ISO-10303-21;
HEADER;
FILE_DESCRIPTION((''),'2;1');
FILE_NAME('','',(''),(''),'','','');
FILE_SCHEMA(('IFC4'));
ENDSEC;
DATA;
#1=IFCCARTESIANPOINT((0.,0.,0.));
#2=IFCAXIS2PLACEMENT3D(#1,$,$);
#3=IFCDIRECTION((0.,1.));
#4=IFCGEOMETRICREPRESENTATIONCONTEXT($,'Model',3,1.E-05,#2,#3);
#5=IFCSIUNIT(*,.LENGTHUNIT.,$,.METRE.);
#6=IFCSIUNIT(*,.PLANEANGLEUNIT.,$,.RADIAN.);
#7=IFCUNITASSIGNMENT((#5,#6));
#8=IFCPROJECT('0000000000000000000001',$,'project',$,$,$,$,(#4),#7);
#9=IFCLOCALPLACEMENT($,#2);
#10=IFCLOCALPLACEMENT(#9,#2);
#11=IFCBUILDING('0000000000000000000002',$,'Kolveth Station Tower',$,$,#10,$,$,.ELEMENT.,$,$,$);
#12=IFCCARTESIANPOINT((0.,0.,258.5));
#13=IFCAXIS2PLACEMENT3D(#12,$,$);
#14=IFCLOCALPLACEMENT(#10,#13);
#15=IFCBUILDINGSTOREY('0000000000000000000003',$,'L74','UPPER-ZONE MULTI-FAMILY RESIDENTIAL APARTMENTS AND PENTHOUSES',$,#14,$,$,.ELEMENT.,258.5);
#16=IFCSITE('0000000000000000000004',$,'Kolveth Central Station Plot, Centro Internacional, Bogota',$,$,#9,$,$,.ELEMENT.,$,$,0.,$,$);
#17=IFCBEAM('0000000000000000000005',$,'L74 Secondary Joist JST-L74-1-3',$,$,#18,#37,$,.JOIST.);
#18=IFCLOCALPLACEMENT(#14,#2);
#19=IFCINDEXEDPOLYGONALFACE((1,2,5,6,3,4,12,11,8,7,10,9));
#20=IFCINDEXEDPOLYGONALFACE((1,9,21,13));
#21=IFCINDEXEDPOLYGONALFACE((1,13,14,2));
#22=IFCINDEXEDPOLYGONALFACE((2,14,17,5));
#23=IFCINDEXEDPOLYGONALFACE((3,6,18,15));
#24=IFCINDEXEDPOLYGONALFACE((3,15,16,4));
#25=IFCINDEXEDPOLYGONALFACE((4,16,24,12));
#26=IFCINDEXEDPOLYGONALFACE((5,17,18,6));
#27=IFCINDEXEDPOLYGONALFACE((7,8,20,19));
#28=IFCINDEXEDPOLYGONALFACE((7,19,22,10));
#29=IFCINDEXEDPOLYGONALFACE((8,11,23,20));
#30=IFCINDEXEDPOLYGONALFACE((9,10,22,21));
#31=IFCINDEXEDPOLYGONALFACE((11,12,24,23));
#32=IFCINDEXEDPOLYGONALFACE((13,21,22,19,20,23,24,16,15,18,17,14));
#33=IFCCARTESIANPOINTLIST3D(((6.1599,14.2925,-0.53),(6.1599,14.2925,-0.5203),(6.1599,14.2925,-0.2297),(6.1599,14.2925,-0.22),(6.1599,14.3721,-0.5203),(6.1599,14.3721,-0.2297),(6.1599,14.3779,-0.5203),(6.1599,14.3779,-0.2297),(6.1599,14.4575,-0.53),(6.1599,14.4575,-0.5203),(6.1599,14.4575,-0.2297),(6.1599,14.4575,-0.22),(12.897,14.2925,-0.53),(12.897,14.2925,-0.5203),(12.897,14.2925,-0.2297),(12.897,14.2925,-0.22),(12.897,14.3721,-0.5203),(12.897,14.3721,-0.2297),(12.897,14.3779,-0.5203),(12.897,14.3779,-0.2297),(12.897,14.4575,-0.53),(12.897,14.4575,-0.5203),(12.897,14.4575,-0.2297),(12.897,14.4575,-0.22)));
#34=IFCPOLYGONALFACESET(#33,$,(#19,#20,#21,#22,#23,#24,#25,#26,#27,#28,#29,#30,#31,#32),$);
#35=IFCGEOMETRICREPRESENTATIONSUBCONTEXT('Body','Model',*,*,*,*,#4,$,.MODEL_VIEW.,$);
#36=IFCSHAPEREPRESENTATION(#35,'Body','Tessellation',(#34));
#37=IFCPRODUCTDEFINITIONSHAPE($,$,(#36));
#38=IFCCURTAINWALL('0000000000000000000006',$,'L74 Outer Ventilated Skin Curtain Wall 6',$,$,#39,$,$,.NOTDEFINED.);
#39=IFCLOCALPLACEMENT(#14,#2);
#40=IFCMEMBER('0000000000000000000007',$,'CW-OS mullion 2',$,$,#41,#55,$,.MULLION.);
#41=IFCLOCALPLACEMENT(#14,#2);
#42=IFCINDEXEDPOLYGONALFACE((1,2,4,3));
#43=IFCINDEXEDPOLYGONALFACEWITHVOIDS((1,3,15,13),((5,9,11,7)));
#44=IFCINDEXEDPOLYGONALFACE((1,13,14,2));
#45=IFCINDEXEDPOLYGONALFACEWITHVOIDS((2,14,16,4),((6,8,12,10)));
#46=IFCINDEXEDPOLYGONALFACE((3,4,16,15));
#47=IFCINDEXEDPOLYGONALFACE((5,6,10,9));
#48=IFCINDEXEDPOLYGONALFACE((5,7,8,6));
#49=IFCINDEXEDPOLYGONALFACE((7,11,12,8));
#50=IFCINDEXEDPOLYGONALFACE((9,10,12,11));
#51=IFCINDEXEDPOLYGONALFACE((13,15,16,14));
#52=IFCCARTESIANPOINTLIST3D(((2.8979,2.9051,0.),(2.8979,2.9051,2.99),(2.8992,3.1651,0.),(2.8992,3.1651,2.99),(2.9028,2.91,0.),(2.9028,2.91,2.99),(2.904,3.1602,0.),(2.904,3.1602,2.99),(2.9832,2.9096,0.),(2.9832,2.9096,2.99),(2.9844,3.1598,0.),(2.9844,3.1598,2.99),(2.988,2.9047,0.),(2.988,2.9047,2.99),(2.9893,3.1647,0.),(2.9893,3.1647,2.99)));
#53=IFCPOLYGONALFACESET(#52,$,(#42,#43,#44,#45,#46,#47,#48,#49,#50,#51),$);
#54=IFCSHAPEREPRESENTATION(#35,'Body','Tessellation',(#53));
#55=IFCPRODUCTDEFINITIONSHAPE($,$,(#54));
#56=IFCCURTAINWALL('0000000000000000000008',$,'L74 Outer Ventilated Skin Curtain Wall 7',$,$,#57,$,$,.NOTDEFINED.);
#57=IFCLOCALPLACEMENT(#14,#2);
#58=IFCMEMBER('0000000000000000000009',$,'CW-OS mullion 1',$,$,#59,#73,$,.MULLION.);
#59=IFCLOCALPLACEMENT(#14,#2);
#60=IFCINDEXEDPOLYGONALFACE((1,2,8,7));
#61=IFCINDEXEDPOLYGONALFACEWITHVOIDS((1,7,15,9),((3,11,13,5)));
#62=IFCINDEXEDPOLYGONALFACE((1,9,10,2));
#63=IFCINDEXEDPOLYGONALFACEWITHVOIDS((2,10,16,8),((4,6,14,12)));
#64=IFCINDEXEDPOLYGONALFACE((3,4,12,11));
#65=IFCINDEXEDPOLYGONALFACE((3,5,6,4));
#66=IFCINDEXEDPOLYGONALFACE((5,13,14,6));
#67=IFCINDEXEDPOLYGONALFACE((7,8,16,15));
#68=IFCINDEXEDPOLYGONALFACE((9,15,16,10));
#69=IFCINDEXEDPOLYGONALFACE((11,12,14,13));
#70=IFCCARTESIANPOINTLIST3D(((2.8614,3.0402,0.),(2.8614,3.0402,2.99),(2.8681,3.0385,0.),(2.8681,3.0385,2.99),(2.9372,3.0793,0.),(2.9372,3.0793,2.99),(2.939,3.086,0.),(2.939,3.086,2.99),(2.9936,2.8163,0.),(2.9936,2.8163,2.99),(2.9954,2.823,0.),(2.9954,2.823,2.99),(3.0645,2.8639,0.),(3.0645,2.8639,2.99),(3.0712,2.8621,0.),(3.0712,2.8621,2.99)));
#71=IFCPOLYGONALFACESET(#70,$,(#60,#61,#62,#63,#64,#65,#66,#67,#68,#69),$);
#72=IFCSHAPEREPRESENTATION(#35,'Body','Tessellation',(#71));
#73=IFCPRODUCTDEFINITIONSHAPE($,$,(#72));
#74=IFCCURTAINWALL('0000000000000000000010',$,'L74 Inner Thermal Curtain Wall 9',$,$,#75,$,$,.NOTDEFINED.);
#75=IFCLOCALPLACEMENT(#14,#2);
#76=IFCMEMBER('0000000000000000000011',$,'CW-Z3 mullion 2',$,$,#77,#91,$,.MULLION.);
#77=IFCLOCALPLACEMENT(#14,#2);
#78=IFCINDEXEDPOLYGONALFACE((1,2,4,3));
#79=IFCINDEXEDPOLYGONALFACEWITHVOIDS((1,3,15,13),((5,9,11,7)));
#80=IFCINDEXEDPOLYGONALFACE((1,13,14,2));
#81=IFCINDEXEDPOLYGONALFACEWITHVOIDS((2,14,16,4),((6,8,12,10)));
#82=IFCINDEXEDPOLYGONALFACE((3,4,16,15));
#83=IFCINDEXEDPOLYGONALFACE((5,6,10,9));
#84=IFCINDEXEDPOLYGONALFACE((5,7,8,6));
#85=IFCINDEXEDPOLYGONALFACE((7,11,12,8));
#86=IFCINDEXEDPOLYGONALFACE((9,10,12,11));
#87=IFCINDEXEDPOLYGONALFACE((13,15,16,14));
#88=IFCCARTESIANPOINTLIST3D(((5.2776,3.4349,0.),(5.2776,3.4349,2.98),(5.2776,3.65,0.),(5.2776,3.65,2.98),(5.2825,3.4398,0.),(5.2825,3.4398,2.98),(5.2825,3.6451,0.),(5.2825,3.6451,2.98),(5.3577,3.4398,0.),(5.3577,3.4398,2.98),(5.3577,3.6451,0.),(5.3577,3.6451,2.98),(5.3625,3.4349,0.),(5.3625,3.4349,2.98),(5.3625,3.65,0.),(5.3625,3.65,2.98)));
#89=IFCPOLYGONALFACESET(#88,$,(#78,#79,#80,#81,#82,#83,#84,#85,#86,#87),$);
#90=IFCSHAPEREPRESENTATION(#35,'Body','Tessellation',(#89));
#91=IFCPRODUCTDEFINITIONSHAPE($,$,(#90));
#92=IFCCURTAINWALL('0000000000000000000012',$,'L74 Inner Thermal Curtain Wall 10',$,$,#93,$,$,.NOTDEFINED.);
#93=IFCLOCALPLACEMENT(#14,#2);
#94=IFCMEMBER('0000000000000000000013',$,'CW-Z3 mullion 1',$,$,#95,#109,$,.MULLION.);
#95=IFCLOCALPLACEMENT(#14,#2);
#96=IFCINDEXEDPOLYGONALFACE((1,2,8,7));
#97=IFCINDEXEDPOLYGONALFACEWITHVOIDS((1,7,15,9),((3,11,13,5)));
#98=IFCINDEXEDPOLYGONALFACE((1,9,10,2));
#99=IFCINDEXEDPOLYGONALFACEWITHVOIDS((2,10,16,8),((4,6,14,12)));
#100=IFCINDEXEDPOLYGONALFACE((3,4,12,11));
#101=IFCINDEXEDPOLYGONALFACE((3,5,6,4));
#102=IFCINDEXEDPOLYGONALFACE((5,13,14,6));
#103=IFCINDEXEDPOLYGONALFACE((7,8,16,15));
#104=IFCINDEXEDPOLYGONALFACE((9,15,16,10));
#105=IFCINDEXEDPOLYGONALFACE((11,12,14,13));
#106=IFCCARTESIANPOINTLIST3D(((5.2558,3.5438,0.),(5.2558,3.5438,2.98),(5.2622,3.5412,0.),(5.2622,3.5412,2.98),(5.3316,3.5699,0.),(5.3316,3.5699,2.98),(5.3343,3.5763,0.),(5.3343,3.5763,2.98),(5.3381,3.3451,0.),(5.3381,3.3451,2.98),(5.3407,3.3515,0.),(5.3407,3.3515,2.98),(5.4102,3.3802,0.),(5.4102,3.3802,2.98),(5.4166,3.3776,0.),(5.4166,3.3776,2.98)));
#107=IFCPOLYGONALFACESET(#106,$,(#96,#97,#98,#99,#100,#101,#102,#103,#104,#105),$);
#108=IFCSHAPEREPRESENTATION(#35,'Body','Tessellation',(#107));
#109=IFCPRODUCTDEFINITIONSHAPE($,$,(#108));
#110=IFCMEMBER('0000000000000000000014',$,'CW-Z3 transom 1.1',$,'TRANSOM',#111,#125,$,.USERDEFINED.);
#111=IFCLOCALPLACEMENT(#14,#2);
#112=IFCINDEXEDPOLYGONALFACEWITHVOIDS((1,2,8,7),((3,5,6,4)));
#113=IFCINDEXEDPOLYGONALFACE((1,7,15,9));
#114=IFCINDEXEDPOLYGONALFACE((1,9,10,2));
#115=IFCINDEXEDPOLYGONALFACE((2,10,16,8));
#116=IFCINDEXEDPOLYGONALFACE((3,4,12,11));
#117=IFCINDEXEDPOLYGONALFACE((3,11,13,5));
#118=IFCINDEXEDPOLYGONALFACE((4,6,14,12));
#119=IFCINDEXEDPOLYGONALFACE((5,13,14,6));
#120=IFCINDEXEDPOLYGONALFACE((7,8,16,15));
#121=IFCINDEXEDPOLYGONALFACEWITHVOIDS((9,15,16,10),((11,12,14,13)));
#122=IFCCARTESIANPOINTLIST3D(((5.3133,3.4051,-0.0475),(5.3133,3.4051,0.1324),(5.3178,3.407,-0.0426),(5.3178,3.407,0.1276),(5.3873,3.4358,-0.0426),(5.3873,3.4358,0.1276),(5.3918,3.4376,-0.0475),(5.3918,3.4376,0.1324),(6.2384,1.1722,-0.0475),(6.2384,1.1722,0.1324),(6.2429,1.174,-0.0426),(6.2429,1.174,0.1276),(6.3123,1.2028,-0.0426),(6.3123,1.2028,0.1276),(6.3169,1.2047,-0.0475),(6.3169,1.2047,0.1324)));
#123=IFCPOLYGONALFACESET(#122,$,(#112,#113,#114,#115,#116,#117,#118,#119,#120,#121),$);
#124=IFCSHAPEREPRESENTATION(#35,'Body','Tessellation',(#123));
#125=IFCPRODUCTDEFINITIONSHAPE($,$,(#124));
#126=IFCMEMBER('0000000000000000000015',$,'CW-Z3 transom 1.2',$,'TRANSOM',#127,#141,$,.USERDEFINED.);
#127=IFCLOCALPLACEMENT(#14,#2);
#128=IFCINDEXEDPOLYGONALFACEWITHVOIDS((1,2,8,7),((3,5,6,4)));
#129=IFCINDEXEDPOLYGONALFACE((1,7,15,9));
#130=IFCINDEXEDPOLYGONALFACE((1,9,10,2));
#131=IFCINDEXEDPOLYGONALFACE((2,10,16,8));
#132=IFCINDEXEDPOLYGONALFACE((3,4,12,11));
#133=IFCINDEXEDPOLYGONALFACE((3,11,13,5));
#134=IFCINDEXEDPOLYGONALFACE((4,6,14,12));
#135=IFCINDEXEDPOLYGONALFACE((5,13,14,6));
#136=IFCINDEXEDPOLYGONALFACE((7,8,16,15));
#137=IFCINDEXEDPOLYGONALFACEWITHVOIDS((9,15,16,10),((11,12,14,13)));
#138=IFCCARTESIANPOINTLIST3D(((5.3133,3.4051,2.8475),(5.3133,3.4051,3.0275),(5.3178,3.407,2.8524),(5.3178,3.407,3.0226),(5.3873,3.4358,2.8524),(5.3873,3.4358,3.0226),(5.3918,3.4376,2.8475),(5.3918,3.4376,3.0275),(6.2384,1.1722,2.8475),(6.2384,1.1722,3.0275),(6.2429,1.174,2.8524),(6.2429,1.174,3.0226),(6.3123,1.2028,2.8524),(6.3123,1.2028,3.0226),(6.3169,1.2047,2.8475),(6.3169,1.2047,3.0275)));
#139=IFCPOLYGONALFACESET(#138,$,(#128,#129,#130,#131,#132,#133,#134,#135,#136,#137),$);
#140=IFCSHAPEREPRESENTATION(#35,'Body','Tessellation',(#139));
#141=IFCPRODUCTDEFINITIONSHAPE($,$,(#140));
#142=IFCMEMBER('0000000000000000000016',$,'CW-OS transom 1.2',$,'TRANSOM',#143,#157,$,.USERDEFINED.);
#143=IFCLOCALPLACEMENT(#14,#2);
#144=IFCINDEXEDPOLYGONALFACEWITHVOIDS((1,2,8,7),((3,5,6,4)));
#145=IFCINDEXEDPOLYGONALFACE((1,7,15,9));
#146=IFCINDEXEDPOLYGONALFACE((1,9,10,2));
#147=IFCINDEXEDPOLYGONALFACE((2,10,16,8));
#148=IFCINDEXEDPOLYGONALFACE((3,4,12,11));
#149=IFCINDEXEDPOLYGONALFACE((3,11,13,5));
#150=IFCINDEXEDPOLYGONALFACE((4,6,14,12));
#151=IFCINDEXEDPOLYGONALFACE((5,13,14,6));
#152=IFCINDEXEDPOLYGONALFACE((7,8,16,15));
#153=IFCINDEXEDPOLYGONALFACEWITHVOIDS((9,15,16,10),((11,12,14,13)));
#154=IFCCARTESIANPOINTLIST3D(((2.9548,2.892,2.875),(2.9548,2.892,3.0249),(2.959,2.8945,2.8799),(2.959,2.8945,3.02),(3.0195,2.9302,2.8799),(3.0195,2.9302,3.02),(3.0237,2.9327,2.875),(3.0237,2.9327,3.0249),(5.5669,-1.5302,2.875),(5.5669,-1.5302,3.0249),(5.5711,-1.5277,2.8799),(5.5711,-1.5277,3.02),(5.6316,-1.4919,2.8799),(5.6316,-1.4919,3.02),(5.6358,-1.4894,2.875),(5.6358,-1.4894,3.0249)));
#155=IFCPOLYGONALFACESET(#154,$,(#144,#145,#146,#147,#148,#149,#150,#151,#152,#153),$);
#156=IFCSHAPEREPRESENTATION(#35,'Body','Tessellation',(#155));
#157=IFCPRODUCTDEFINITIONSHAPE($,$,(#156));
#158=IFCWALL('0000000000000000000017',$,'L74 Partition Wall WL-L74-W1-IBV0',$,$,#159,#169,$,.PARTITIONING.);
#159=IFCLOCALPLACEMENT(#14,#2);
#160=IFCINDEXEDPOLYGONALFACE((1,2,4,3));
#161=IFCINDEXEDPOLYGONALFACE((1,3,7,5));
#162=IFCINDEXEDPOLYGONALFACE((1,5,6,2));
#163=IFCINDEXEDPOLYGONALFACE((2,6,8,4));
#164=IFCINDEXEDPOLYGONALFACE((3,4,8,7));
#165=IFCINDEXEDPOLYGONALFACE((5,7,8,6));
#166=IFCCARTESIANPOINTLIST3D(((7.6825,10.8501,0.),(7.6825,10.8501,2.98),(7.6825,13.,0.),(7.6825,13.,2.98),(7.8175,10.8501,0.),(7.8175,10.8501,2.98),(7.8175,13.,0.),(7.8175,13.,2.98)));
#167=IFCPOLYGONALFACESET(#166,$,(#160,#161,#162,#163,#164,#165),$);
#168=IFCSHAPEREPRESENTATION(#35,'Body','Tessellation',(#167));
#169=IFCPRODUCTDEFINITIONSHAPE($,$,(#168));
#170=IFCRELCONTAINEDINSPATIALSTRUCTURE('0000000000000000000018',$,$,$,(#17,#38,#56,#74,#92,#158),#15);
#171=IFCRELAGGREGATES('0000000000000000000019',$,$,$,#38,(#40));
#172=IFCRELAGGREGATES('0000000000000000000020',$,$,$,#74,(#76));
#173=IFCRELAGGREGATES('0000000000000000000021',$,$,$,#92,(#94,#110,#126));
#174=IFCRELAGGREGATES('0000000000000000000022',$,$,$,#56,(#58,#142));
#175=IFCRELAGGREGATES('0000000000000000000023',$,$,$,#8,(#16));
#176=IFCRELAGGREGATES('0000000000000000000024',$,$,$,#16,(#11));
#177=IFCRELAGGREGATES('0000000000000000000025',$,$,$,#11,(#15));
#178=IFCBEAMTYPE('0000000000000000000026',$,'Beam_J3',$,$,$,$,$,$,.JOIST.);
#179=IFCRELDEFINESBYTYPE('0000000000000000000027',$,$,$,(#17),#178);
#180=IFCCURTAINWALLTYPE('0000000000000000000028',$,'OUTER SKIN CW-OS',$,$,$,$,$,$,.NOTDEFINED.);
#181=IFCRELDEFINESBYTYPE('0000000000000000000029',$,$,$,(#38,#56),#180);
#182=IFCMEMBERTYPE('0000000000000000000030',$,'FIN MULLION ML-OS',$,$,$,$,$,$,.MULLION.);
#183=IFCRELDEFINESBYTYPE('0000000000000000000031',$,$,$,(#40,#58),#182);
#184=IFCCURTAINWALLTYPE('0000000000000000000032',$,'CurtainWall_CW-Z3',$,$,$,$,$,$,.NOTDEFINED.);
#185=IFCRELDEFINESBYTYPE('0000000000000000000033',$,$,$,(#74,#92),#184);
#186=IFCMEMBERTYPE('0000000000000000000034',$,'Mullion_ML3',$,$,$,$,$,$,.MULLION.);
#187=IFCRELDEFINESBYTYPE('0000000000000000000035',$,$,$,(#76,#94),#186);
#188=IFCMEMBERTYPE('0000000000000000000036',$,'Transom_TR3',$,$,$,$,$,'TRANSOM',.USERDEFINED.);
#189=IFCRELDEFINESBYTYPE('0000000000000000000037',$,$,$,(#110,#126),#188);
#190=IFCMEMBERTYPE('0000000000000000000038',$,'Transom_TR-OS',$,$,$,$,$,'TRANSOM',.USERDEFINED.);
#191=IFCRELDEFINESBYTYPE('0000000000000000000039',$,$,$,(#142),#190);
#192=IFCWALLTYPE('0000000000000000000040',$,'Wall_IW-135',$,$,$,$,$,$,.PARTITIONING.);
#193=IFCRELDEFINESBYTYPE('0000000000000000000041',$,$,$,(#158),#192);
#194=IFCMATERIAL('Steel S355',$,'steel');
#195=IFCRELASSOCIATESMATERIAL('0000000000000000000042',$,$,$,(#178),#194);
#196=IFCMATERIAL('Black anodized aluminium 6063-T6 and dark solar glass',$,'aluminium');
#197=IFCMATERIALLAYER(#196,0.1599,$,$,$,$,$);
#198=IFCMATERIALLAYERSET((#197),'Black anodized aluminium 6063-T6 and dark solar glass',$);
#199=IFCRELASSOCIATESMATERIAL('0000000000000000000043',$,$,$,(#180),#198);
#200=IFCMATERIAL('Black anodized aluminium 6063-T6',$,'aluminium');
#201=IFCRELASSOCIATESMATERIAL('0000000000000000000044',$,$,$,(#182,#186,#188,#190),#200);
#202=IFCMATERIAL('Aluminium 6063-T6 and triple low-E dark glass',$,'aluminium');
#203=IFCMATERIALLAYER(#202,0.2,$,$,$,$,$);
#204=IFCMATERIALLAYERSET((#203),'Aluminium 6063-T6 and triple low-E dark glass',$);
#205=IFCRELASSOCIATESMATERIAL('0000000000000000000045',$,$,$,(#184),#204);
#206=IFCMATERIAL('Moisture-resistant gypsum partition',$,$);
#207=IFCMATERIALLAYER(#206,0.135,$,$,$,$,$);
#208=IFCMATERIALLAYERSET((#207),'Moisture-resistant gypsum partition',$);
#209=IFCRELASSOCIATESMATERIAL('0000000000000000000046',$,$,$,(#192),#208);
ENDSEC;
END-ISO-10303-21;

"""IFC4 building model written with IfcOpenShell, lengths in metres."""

from ifc_helpers import new_model, si_unit, direction, frame, frame_2d, origin, origin_2d, place, context, subcontext, project, spatial, rectangle, hollow_rectangle, i_section, extrude, source, transform, mapped, material, layer, layer_set, material_profile, profile_set, type_object, element, aggregate, save


model = new_model("IFC4")

# Units and contexts
model_context = context("Model", 3, precision=1e-05, world=origin(), true_north=direction((0.0, 1.0)))
body_context = subcontext(model_context, "Body", "Model", "MODEL_VIEW")
ifc_project = project(units=[si_unit("LENGTHUNIT", "METRE"), si_unit("PLANEANGLEUNIT", "RADIAN")], contexts=[model_context])

# Site, building, storey
site_placement = place(None, origin())
site = spatial("IfcSite", under=ifc_project, at=site_placement, Name="Kolveth Central Station Plot, Centro Internacional, Bogota", CompositionType="ELEMENT", RefElevation=0.0)
building_placement = place(site_placement, origin())
building = spatial("IfcBuilding", under=site, at=building_placement, Name="Kolveth Station Tower", CompositionType="ELEMENT")
storey_placement = place(building_placement, frame((0.0, 0.0, 258.5)))
storey = spatial("IfcBuildingStorey", under=building, at=storey_placement, Name="L74", Description="UPPER-ZONE MULTI-FAMILY RESIDENTIAL APARTMENTS AND PENTHOUSES", CompositionType="ELEMENT", Elevation=258.5)

# Shared definitions
ifc_material_1 = material(Name="Steel S355", Category="steel")

# Beam
ifc_material_profile_1 = material_profile(ifc_material_1, i_section(OverallWidth=0.165, OverallDepth=0.3101, WebThickness=0.0059, FlangeThickness=0.0098, at=origin_2d()), Name="W310x39")
ifc_profile_set_1 = profile_set([ifc_material_profile_1], Name="Steel S355")
beam_type_1 = type_object("IfcBeamType", Name="Beam_J3", PredefinedType="JOIST", material=ifc_profile_set_1)
shared_shape_1 = source(origin(), body_context, "Body", "SweptSolid", [
    extrude(i_section(OverallWidth=0.165, OverallDepth=0.3101, WebThickness=0.0059, FlangeThickness=0.0098, at=origin_2d()), origin(), (0.0, 0.0, 1.0), 6.7371),
])
for number, where, z_axis, x_axis, name in (
    (1, (6.1599, 14.375, -0.375), (1.0, 0.0, 0.0), (0.0, 1.0, 0.0), "L74 Secondary Joist JST-L74-1-3"),
):
    element("IfcBeam", number, at=place(storey_placement, frame(where, z_axis=z_axis, x_axis=x_axis)), inside=storey, type_object=beam_type_1, Name=name, PredefinedType="JOIST", context=body_context, shape_type="MappedRepresentation", body=[
        mapped(shared_shape_1, transform((0.0, 0.0, 0.0), x_axis=(1.0, 0.0, 0.0), y_axis=(0.0, 1.0, 0.0), z_axis=(0.0, 0.0, 1.0), scale=1.0)),
    ])

# Curtain walls, members
ifc_material_2 = material(Name="Black anodized aluminium 6063-T6 and dark solar glass", Category="aluminium")
ifc_layer_1 = layer(ifc_material_2, 0.1599)
ifc_layer_set_1 = layer_set([ifc_layer_1], Name="Black anodized aluminium 6063-T6 and dark solar glass")
curtain_wall_type_1 = type_object("IfcCurtainWallType", Name="OUTER SKIN CW-OS", PredefinedType="NOTDEFINED", material=ifc_layer_set_1)
curtain_wall_1_placement = place(storey_placement, origin())
curtain_wall_1 = element("IfcCurtainWall", 2, at=curtain_wall_1_placement, inside=storey, type_object=curtain_wall_type_1, Name="L74 Outer Ventilated Skin Curtain Wall 6", PredefinedType="NOTDEFINED")
ifc_material_3 = material(Name="Black anodized aluminium 6063-T6", Category="aluminium")
ifc_material_profile_2 = material_profile(ifc_material_3, hollow_rectangle(XDim=0.0901, YDim=0.26, WallThickness=0.0049, at=origin_2d()), Name="ALU-90x260x5")
ifc_profile_set_2 = profile_set([ifc_material_profile_2], Name="Black anodized aluminium 6063-T6")
member_type_1 = type_object("IfcMemberType", Name="FIN MULLION ML-OS", PredefinedType="MULLION", material=ifc_profile_set_2)
shared_shape_2 = source(origin(), body_context, "Body", "SweptSolid", [
    extrude(hollow_rectangle(XDim=0.0901, YDim=0.26, WallThickness=0.0049, at=origin_2d()), origin(), (0.0, 0.0, 1.0), 2.99),
])
member_1_placement = place(storey_placement, frame((2.9436, 3.0349, 0.0), z_axis=(0.0, 0.0, 1.0), x_axis=(0.999988, -0.004835, 0.0)))
member_1 = element("IfcMember", 3, at=member_1_placement, type_object=member_type_1, Name="CW-OS mullion 2", PredefinedType="MULLION", context=body_context, shape_type="MappedRepresentation", body=[
    mapped(shared_shape_2, transform((0.0, 0.0, 0.0), x_axis=(1.0, 0.0, 0.0), y_axis=(0.0, 1.0, 0.0), z_axis=(0.0, 0.0, 1.0), scale=1.0)),
])
aggregate(curtain_wall_1, [member_1])
curtain_wall_2_placement = place(storey_placement, origin())
curtain_wall_2 = element("IfcCurtainWall", 4, at=curtain_wall_2_placement, inside=storey, type_object=curtain_wall_type_1, Name="L74 Outer Ventilated Skin Curtain Wall 7", PredefinedType="NOTDEFINED")
member_2_placement = place(storey_placement, frame((2.9663, 2.9512, 0.0), z_axis=(0.0, 0.0, 1.0), x_axis=(0.861001, 0.508603, 0.0)))
member_2 = element("IfcMember", 5, at=member_2_placement, type_object=member_type_1, Name="CW-OS mullion 1", PredefinedType="MULLION", context=body_context, shape_type="MappedRepresentation", body=[
    mapped(shared_shape_2, transform((0.0, 0.0, 0.0), x_axis=(1.0, 0.0, 0.0), y_axis=(0.0, 1.0, 0.0), z_axis=(0.0, 0.0, 1.0), scale=1.0)),
])
ifc_material_4 = material(Name="Aluminium 6063-T6 and triple low-E dark glass", Category="aluminium")
ifc_layer_2 = layer(ifc_material_4, 0.2)
ifc_layer_set_2 = layer_set([ifc_layer_2], Name="Aluminium 6063-T6 and triple low-E dark glass")
curtain_wall_type_2 = type_object("IfcCurtainWallType", Name="CurtainWall_CW-Z3", PredefinedType="NOTDEFINED", material=ifc_layer_set_2)
curtain_wall_3_placement = place(storey_placement, origin())
curtain_wall_3 = element("IfcCurtainWall", 6, at=curtain_wall_3_placement, inside=storey, type_object=curtain_wall_type_2, Name="L74 Inner Thermal Curtain Wall 9", PredefinedType="NOTDEFINED")
ifc_material_profile_3 = material_profile(ifc_material_3, hollow_rectangle(XDim=0.085, YDim=0.2151, WallThickness=0.0049, at=origin_2d()), Name="ALU-85x215x5")
ifc_profile_set_3 = profile_set([ifc_material_profile_3], Name="Black anodized aluminium 6063-T6")
member_type_2 = type_object("IfcMemberType", Name="Mullion_ML3", PredefinedType="MULLION", material=ifc_profile_set_3)
shared_shape_3 = source(origin(), body_context, "Body", "SweptSolid", [
    extrude(hollow_rectangle(XDim=0.085, YDim=0.2151, WallThickness=0.0049, at=origin_2d()), origin(), (0.0, 0.0, 1.0), 2.98),
])
member_3_placement = place(storey_placement, frame((5.3201, 3.5425, 0.0), z_axis=(0.0, 0.0, 1.0), x_axis=(1.0, 0.0, 0.0)))
member_3 = element("IfcMember", 7, at=member_3_placement, type_object=member_type_2, Name="CW-Z3 mullion 2", PredefinedType="MULLION", context=body_context, shape_type="MappedRepresentation", body=[
    mapped(shared_shape_3, transform((0.0, 0.0, 0.0), x_axis=(1.0, 0.0, 0.0), y_axis=(0.0, 1.0, 0.0), z_axis=(0.0, 0.0, 1.0), scale=1.0)),
])
aggregate(curtain_wall_3, [member_3])

# Curtain wall, members
curtain_wall_4_placement = place(storey_placement, origin())
curtain_wall_4 = element("IfcCurtainWall", 8, at=curtain_wall_4_placement, inside=storey, type_object=curtain_wall_type_2, Name="L74 Inner Thermal Curtain Wall 10", PredefinedType="NOTDEFINED")
member_4_placement = place(storey_placement, frame((5.3362, 3.4607, 0.0), z_axis=(0.0, 0.0, 1.0), x_axis=(0.923875, 0.382693, 0.0)))
member_4 = element("IfcMember", 9, at=member_4_placement, type_object=member_type_2, Name="CW-Z3 mullion 1", PredefinedType="MULLION", context=body_context, shape_type="MappedRepresentation", body=[
    mapped(shared_shape_3, transform((0.0, 0.0, 0.0), x_axis=(1.0, 0.0, 0.0), y_axis=(0.0, 1.0, 0.0), z_axis=(0.0, 0.0, 1.0), scale=1.0)),
])
ifc_material_profile_4 = material_profile(ifc_material_3, hollow_rectangle(XDim=0.085, YDim=0.1799, WallThickness=0.0049, at=origin_2d()), Name="ALU-85x180x5")
ifc_profile_set_4 = profile_set([ifc_material_profile_4], Name="Black anodized aluminium 6063-T6")
member_type_3 = type_object("IfcMemberType", Name="Transom_TR3", ElementType="TRANSOM", PredefinedType="USERDEFINED", material=ifc_profile_set_4)
shared_shape_4 = source(origin(), body_context, "Body", "SweptSolid", [
    extrude(hollow_rectangle(XDim=0.085, YDim=0.1799, WallThickness=0.0049, at=origin_2d()), origin(), (0.0, 0.0, 1.0), 2.417),
])
member_5_placement = place(storey_placement, frame((5.3525, 3.4214, 0.0425), z_axis=(0.382735, -0.923858, 0.0), x_axis=(0.923858, 0.382735, 0.0)))
member_5 = element("IfcMember", 10, at=member_5_placement, type_object=member_type_3, Name="CW-Z3 transom 1.1", ObjectType="TRANSOM", PredefinedType="USERDEFINED", context=body_context, shape_type="MappedRepresentation", body=[
    mapped(shared_shape_4, transform((0.0, 0.0, 0.0), x_axis=(1.0, 0.0, 0.0), y_axis=(0.0, 1.0, 0.0), z_axis=(0.0, 0.0, 1.0), scale=1.0)),
])
member_6_placement = place(storey_placement, frame((5.3525, 3.4214, 2.9375), z_axis=(0.382735, -0.923858, 0.0), x_axis=(0.923858, 0.382735, 0.0)))
member_6 = element("IfcMember", 11, at=member_6_placement, type_object=member_type_3, Name="CW-Z3 transom 1.2", ObjectType="TRANSOM", PredefinedType="USERDEFINED", context=body_context, shape_type="MappedRepresentation", body=[
    mapped(shared_shape_4, transform((0.0, 0.0, 0.0), x_axis=(1.0, 0.0, 0.0), y_axis=(0.0, 1.0, 0.0), z_axis=(0.0, 0.0, 1.0), scale=1.0)),
])
aggregate(curtain_wall_4, [member_4, member_5, member_6])

# Member
ifc_material_profile_5 = material_profile(ifc_material_3, hollow_rectangle(XDim=0.0801, YDim=0.1499, WallThickness=0.0049, at=origin_2d()), Name="ALU-80x150x5")
ifc_profile_set_5 = profile_set([ifc_material_profile_5], Name="Black anodized aluminium 6063-T6")
member_type_4 = type_object("IfcMemberType", Name="Transom_TR-OS", ElementType="TRANSOM", PredefinedType="USERDEFINED", material=ifc_profile_set_5)
shared_shape_5 = source(origin(), body_context, "Body", "SweptSolid", [
    extrude(hollow_rectangle(XDim=0.0801, YDim=0.1499, WallThickness=0.0049, at=origin_2d()), origin(), (0.0, 0.0, 1.0), 5.136),
])
member_7_placement = place(storey_placement, frame((2.9893, 2.9124, 2.95), z_axis=(0.508584, -0.861013, 0.0), x_axis=(0.861013, 0.508584, 0.0)))
member_7 = element("IfcMember", 12, at=member_7_placement, type_object=member_type_4, Name="CW-OS transom 1.2", ObjectType="TRANSOM", PredefinedType="USERDEFINED", context=body_context, shape_type="MappedRepresentation", body=[
    mapped(shared_shape_5, transform((0.0, 0.0, 0.0), x_axis=(1.0, 0.0, 0.0), y_axis=(0.0, 1.0, 0.0), z_axis=(0.0, 0.0, 1.0), scale=1.0)),
])
aggregate(curtain_wall_2, [member_2, member_7])

# Wall
ifc_material_5 = material(Name="Moisture-resistant gypsum partition")
ifc_layer_3 = layer(ifc_material_5, 0.135)
ifc_layer_set_3 = layer_set([ifc_layer_3], Name="Moisture-resistant gypsum partition")
wall_type_1 = type_object("IfcWallType", Name="Wall_IW-135", PredefinedType="PARTITIONING", material=ifc_layer_set_3)
wall_1_placement = place(storey_placement, frame((7.75, 10.8501, 0.0), z_axis=(0.0, 0.0, 1.0), x_axis=(0.0, 1.0, 0.0)))
element("IfcWall", 13, at=wall_1_placement, inside=storey, type_object=wall_type_1, Name="L74 Partition Wall WL-L74-W1-IBV0", PredefinedType="PARTITIONING", context=body_context, shape_type="SweptSolid", body=[
    extrude(rectangle(XDim=2.1499, YDim=0.135, at=frame_2d((1.075, 0.0))), origin(), (0.0, 0.0, 1.0), 2.98),
])

save(model, "model.ifc")
